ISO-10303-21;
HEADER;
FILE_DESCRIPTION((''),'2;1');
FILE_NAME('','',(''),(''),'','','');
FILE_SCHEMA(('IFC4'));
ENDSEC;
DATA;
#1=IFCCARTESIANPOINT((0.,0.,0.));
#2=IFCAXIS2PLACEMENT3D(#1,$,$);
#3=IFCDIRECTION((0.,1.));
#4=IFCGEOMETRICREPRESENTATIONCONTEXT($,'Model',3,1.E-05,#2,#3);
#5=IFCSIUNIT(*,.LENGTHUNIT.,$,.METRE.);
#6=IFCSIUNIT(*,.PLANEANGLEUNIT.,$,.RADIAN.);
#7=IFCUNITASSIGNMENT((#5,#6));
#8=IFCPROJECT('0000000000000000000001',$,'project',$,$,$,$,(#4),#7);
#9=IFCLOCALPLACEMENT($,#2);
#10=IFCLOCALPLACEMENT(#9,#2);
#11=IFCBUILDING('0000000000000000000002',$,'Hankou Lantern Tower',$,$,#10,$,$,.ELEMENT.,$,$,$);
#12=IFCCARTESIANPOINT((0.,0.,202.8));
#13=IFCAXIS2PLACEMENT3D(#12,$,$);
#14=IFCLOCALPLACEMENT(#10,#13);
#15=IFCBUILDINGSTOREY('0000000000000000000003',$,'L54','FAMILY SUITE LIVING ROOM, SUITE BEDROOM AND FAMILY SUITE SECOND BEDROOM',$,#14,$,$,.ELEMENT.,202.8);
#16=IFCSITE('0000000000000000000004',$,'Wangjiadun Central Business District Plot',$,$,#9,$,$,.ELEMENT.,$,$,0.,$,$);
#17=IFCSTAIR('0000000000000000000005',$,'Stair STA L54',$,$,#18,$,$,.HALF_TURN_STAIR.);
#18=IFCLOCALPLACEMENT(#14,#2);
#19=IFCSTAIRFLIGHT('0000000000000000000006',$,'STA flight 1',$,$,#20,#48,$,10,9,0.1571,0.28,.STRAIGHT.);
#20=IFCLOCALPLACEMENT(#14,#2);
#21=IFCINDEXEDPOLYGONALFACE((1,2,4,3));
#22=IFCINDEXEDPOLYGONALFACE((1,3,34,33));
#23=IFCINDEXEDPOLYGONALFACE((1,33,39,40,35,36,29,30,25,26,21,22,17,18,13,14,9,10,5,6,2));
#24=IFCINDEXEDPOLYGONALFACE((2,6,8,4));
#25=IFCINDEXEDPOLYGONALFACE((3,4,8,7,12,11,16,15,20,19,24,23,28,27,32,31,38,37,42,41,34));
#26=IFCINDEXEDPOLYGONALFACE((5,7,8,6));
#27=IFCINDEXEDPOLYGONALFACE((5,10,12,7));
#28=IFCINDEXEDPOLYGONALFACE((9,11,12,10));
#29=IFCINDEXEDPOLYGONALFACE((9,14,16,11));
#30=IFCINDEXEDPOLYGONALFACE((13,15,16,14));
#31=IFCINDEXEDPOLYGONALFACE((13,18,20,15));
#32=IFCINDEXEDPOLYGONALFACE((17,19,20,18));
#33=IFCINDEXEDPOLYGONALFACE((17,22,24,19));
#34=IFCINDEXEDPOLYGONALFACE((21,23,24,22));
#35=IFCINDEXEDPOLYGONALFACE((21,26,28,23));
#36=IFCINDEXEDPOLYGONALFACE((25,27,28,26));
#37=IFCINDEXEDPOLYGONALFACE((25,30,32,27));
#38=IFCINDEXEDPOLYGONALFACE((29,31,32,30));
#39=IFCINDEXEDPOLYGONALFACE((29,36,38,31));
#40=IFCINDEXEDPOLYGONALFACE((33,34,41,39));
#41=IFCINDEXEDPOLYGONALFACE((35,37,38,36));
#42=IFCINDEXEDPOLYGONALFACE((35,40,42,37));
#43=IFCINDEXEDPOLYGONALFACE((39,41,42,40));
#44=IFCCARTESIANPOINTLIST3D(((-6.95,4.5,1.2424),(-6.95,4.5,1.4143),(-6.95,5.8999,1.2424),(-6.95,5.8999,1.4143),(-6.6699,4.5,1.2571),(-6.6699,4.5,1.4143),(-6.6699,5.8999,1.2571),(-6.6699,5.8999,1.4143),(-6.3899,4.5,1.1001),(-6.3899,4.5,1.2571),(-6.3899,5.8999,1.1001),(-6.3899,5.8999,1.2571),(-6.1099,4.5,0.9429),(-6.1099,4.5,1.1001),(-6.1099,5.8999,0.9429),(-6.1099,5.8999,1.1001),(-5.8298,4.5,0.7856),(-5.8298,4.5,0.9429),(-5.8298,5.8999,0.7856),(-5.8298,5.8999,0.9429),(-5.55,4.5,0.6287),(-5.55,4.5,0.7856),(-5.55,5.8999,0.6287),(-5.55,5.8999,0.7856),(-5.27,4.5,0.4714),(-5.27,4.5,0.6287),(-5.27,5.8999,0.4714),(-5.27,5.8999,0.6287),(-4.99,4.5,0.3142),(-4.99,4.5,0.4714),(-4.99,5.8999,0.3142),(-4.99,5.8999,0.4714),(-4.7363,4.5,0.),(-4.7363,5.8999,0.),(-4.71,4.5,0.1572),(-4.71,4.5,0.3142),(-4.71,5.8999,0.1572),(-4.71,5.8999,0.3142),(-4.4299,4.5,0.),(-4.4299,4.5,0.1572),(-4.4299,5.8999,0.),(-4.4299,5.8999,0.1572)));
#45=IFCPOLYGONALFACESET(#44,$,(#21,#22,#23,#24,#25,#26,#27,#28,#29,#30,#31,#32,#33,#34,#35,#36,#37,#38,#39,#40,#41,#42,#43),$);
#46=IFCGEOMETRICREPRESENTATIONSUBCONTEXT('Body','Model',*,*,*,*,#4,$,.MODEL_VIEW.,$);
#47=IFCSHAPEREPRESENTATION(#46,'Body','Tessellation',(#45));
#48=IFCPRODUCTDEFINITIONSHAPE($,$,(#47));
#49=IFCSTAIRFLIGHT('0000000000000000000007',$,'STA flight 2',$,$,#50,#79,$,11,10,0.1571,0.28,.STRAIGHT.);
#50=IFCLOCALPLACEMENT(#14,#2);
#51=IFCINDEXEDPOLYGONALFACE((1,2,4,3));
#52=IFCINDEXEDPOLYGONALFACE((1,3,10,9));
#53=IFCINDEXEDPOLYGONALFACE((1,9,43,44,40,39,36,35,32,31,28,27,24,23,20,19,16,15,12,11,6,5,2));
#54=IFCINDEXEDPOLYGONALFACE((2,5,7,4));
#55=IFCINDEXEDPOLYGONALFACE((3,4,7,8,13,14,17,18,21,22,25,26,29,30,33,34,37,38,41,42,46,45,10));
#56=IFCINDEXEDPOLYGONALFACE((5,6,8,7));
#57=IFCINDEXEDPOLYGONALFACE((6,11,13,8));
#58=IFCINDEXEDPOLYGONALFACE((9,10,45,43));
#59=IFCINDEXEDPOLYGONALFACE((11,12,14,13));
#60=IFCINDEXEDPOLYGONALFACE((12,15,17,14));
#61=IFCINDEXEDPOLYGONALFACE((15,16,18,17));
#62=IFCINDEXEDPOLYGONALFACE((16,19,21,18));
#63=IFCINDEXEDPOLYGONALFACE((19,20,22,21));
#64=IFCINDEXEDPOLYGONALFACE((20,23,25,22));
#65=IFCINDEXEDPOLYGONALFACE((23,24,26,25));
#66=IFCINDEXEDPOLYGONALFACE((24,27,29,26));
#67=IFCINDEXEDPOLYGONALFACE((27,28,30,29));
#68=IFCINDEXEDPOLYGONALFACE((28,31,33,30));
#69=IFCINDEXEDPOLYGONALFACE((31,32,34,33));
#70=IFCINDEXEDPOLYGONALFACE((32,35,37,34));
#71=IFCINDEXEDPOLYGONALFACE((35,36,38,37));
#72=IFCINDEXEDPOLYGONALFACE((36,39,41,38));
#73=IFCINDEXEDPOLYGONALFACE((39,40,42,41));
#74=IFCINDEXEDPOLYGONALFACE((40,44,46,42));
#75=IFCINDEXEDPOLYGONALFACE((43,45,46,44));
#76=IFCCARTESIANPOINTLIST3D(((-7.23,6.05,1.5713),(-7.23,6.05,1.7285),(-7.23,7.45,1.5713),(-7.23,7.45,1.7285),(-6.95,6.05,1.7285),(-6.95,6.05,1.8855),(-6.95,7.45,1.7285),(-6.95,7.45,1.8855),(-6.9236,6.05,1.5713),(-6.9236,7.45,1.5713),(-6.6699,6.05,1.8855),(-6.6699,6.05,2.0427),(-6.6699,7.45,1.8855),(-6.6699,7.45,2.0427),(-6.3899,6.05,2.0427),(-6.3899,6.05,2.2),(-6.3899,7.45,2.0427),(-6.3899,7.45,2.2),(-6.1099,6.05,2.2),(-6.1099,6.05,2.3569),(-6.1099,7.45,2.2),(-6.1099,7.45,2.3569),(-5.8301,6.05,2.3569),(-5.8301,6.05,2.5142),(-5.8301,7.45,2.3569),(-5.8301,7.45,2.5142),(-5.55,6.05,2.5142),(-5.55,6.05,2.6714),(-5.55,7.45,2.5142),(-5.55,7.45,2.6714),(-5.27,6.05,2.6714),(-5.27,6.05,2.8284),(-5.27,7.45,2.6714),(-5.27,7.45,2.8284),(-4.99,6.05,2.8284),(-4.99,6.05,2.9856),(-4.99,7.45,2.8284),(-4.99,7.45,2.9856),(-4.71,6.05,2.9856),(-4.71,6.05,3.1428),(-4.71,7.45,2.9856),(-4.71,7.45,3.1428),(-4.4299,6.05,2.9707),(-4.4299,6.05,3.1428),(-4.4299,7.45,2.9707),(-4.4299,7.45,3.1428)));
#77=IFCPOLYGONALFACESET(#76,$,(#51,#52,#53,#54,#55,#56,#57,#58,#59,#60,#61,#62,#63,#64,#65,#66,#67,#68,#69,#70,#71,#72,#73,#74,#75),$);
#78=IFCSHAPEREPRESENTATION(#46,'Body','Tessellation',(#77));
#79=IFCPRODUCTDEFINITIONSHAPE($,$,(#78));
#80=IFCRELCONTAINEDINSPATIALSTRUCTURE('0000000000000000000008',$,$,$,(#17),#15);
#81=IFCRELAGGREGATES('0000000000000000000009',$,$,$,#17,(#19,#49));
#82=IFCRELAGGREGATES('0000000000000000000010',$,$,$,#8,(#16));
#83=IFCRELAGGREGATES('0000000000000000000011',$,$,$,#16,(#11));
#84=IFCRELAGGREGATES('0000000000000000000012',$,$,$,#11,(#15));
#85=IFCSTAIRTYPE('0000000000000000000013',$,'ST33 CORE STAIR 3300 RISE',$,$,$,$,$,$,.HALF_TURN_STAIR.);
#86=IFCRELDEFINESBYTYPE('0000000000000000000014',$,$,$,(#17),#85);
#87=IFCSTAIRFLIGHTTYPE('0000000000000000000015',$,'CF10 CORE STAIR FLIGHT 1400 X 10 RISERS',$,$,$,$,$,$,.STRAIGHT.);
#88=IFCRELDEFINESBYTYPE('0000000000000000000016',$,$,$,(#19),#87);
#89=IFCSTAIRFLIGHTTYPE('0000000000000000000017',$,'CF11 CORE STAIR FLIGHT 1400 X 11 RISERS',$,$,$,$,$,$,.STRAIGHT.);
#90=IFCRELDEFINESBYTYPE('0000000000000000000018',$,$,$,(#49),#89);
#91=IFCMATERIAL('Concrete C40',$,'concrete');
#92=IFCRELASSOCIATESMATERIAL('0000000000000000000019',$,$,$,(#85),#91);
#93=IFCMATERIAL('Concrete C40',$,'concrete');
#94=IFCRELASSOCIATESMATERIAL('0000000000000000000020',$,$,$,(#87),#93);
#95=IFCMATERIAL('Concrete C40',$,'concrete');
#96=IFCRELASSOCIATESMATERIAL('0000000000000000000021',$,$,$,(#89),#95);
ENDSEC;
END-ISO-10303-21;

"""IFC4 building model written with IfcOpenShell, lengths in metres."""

from ifc_helpers import new_model, si_unit, direction, frame, origin, place, context, subcontext, project, spatial, polyline, outline, extrude, material, type_object, element, aggregate, save


model = new_model("IFC4")

# Units and contexts
model_context = context("Model", 3, precision=1e-05, world=origin(), true_north=direction((0.0, 1.0)))
body_context = subcontext(model_context, "Body", "Model", "MODEL_VIEW")
ifc_project = project(units=[si_unit("LENGTHUNIT", "METRE"), si_unit("PLANEANGLEUNIT", "RADIAN")], contexts=[model_context])

# Site, building, storey
site_placement = place(None, origin())
site = spatial("IfcSite", under=ifc_project, at=site_placement, Name="Wangjiadun Central Business District Plot", CompositionType="ELEMENT", RefElevation=0.0)
building_placement = place(site_placement, origin())
building = spatial("IfcBuilding", under=site, at=building_placement, Name="Hankou Lantern Tower", CompositionType="ELEMENT")
storey_placement = place(building_placement, frame((0.0, 0.0, 202.8)))
storey = spatial("IfcBuildingStorey", under=building, at=storey_placement, Name="L54", Description="FAMILY SUITE LIVING ROOM, SUITE BEDROOM AND FAMILY SUITE SECOND BEDROOM", CompositionType="ELEMENT", Elevation=202.8)

# Stair, stair flights
ifc_material_1 = material(Name="Concrete C40", Category="concrete")
stair_type = type_object("IfcStairType", Name="ST33 CORE STAIR 3300 RISE", PredefinedType="HALF_TURN_STAIR", material=ifc_material_1)
stair_placement = place(storey_placement, origin())
stair = element("IfcStair", 1, at=stair_placement, inside=storey, type_object=stair_type, Name="Stair STA L54", PredefinedType="HALF_TURN_STAIR")
ifc_material_2 = material(Name="Concrete C40", Category="concrete")
stair_flight_type_1 = type_object("IfcStairFlightType", Name="CF10 CORE STAIR FLIGHT 1400 X 10 RISERS", PredefinedType="STRAIGHT", material=ifc_material_2)
stair_flight_1_placement = place(storey_placement, frame((-4.4299, 5.2, 0.0), z_axis=(0.0, 0.0, 1.0), x_axis=(-1.0, 0.0, 0.0)))
stair_flight_1 = element("IfcStairFlight", 2, at=stair_flight_1_placement, type_object=stair_flight_type_1, Name="STA flight 1", NumberOfRisers=10, NumberOfTreads=9, PredefinedType="STRAIGHT", RiserHeight=0.1571, TreadLength=0.28, context=body_context, shape_type="SweptSolid", body=[
    extrude(outline(polyline([(0.0, 0.0), (0.0, 0.1572), (0.28, 0.1572), (0.28, 0.3142), (0.5601, 0.3142), (0.5601, 0.4714), (0.8401, 0.4714), (0.8401, 0.6287), (1.1201, 0.6287), (1.1201, 0.7856), (1.3999, 0.7856), (1.3999, 0.9429), (1.6799, 0.9429), (1.6799, 1.1001), (1.96, 1.1001), (1.96, 1.2571), (2.24, 1.2571), (2.24, 1.4143), (2.52, 1.4143), (2.52, 1.5715), (2.52, 1.2424), (0.3064, 0.0), (0.0, 0.0)])), frame((0.0, 0.7, 0.0), z_axis=(0.0, -1.0, 0.0), x_axis=(1.0, 0.0, 0.0)), (0.0, 0.0, 1.0), 1.3999),
])
ifc_material_3 = material(Name="Concrete C40", Category="concrete")
stair_flight_type_2 = type_object("IfcStairFlightType", Name="CF11 CORE STAIR FLIGHT 1400 X 11 RISERS", PredefinedType="STRAIGHT", material=ifc_material_3)
stair_flight_2_placement = place(storey_placement, frame((-7.23, 6.75, 1.5713), z_axis=(0.0, 0.0, 1.0), x_axis=(1.0, 0.0, 0.0)))
stair_flight_2 = element("IfcStairFlight", 3, at=stair_flight_2_placement, type_object=stair_flight_type_2, Name="STA flight 2", NumberOfRisers=11, NumberOfTreads=10, PredefinedType="STRAIGHT", RiserHeight=0.1571, TreadLength=0.28, context=body_context, shape_type="SweptSolid", body=[
    extrude(outline(polyline([(0.0, 0.0), (0.0, 0.1572), (0.28, 0.1572), (0.28, 0.3142), (0.5601, 0.3142), (0.5601, 0.4714), (0.8401, 0.4714), (0.8401, 0.6287), (1.1201, 0.6287), (1.1201, 0.7856), (1.3999, 0.7856), (1.3999, 0.9429), (1.6799, 0.9429), (1.6799, 1.1001), (1.96, 1.1001), (1.96, 1.2571), (2.24, 1.2571), (2.24, 1.4143), (2.52, 1.4143), (2.52, 1.5715), (2.8, 1.5715), (2.8, 1.7285), (2.8, 1.3994), (0.3064, 0.0), (0.0, 0.0)])), frame((0.0, 0.7, 0.0), z_axis=(0.0, -1.0, 0.0), x_axis=(1.0, 0.0, 0.0)), (0.0, 0.0, 1.0), 1.3999),
])
aggregate(stair, [stair_flight_1, stair_flight_2])

save(model, "model.ifc")
